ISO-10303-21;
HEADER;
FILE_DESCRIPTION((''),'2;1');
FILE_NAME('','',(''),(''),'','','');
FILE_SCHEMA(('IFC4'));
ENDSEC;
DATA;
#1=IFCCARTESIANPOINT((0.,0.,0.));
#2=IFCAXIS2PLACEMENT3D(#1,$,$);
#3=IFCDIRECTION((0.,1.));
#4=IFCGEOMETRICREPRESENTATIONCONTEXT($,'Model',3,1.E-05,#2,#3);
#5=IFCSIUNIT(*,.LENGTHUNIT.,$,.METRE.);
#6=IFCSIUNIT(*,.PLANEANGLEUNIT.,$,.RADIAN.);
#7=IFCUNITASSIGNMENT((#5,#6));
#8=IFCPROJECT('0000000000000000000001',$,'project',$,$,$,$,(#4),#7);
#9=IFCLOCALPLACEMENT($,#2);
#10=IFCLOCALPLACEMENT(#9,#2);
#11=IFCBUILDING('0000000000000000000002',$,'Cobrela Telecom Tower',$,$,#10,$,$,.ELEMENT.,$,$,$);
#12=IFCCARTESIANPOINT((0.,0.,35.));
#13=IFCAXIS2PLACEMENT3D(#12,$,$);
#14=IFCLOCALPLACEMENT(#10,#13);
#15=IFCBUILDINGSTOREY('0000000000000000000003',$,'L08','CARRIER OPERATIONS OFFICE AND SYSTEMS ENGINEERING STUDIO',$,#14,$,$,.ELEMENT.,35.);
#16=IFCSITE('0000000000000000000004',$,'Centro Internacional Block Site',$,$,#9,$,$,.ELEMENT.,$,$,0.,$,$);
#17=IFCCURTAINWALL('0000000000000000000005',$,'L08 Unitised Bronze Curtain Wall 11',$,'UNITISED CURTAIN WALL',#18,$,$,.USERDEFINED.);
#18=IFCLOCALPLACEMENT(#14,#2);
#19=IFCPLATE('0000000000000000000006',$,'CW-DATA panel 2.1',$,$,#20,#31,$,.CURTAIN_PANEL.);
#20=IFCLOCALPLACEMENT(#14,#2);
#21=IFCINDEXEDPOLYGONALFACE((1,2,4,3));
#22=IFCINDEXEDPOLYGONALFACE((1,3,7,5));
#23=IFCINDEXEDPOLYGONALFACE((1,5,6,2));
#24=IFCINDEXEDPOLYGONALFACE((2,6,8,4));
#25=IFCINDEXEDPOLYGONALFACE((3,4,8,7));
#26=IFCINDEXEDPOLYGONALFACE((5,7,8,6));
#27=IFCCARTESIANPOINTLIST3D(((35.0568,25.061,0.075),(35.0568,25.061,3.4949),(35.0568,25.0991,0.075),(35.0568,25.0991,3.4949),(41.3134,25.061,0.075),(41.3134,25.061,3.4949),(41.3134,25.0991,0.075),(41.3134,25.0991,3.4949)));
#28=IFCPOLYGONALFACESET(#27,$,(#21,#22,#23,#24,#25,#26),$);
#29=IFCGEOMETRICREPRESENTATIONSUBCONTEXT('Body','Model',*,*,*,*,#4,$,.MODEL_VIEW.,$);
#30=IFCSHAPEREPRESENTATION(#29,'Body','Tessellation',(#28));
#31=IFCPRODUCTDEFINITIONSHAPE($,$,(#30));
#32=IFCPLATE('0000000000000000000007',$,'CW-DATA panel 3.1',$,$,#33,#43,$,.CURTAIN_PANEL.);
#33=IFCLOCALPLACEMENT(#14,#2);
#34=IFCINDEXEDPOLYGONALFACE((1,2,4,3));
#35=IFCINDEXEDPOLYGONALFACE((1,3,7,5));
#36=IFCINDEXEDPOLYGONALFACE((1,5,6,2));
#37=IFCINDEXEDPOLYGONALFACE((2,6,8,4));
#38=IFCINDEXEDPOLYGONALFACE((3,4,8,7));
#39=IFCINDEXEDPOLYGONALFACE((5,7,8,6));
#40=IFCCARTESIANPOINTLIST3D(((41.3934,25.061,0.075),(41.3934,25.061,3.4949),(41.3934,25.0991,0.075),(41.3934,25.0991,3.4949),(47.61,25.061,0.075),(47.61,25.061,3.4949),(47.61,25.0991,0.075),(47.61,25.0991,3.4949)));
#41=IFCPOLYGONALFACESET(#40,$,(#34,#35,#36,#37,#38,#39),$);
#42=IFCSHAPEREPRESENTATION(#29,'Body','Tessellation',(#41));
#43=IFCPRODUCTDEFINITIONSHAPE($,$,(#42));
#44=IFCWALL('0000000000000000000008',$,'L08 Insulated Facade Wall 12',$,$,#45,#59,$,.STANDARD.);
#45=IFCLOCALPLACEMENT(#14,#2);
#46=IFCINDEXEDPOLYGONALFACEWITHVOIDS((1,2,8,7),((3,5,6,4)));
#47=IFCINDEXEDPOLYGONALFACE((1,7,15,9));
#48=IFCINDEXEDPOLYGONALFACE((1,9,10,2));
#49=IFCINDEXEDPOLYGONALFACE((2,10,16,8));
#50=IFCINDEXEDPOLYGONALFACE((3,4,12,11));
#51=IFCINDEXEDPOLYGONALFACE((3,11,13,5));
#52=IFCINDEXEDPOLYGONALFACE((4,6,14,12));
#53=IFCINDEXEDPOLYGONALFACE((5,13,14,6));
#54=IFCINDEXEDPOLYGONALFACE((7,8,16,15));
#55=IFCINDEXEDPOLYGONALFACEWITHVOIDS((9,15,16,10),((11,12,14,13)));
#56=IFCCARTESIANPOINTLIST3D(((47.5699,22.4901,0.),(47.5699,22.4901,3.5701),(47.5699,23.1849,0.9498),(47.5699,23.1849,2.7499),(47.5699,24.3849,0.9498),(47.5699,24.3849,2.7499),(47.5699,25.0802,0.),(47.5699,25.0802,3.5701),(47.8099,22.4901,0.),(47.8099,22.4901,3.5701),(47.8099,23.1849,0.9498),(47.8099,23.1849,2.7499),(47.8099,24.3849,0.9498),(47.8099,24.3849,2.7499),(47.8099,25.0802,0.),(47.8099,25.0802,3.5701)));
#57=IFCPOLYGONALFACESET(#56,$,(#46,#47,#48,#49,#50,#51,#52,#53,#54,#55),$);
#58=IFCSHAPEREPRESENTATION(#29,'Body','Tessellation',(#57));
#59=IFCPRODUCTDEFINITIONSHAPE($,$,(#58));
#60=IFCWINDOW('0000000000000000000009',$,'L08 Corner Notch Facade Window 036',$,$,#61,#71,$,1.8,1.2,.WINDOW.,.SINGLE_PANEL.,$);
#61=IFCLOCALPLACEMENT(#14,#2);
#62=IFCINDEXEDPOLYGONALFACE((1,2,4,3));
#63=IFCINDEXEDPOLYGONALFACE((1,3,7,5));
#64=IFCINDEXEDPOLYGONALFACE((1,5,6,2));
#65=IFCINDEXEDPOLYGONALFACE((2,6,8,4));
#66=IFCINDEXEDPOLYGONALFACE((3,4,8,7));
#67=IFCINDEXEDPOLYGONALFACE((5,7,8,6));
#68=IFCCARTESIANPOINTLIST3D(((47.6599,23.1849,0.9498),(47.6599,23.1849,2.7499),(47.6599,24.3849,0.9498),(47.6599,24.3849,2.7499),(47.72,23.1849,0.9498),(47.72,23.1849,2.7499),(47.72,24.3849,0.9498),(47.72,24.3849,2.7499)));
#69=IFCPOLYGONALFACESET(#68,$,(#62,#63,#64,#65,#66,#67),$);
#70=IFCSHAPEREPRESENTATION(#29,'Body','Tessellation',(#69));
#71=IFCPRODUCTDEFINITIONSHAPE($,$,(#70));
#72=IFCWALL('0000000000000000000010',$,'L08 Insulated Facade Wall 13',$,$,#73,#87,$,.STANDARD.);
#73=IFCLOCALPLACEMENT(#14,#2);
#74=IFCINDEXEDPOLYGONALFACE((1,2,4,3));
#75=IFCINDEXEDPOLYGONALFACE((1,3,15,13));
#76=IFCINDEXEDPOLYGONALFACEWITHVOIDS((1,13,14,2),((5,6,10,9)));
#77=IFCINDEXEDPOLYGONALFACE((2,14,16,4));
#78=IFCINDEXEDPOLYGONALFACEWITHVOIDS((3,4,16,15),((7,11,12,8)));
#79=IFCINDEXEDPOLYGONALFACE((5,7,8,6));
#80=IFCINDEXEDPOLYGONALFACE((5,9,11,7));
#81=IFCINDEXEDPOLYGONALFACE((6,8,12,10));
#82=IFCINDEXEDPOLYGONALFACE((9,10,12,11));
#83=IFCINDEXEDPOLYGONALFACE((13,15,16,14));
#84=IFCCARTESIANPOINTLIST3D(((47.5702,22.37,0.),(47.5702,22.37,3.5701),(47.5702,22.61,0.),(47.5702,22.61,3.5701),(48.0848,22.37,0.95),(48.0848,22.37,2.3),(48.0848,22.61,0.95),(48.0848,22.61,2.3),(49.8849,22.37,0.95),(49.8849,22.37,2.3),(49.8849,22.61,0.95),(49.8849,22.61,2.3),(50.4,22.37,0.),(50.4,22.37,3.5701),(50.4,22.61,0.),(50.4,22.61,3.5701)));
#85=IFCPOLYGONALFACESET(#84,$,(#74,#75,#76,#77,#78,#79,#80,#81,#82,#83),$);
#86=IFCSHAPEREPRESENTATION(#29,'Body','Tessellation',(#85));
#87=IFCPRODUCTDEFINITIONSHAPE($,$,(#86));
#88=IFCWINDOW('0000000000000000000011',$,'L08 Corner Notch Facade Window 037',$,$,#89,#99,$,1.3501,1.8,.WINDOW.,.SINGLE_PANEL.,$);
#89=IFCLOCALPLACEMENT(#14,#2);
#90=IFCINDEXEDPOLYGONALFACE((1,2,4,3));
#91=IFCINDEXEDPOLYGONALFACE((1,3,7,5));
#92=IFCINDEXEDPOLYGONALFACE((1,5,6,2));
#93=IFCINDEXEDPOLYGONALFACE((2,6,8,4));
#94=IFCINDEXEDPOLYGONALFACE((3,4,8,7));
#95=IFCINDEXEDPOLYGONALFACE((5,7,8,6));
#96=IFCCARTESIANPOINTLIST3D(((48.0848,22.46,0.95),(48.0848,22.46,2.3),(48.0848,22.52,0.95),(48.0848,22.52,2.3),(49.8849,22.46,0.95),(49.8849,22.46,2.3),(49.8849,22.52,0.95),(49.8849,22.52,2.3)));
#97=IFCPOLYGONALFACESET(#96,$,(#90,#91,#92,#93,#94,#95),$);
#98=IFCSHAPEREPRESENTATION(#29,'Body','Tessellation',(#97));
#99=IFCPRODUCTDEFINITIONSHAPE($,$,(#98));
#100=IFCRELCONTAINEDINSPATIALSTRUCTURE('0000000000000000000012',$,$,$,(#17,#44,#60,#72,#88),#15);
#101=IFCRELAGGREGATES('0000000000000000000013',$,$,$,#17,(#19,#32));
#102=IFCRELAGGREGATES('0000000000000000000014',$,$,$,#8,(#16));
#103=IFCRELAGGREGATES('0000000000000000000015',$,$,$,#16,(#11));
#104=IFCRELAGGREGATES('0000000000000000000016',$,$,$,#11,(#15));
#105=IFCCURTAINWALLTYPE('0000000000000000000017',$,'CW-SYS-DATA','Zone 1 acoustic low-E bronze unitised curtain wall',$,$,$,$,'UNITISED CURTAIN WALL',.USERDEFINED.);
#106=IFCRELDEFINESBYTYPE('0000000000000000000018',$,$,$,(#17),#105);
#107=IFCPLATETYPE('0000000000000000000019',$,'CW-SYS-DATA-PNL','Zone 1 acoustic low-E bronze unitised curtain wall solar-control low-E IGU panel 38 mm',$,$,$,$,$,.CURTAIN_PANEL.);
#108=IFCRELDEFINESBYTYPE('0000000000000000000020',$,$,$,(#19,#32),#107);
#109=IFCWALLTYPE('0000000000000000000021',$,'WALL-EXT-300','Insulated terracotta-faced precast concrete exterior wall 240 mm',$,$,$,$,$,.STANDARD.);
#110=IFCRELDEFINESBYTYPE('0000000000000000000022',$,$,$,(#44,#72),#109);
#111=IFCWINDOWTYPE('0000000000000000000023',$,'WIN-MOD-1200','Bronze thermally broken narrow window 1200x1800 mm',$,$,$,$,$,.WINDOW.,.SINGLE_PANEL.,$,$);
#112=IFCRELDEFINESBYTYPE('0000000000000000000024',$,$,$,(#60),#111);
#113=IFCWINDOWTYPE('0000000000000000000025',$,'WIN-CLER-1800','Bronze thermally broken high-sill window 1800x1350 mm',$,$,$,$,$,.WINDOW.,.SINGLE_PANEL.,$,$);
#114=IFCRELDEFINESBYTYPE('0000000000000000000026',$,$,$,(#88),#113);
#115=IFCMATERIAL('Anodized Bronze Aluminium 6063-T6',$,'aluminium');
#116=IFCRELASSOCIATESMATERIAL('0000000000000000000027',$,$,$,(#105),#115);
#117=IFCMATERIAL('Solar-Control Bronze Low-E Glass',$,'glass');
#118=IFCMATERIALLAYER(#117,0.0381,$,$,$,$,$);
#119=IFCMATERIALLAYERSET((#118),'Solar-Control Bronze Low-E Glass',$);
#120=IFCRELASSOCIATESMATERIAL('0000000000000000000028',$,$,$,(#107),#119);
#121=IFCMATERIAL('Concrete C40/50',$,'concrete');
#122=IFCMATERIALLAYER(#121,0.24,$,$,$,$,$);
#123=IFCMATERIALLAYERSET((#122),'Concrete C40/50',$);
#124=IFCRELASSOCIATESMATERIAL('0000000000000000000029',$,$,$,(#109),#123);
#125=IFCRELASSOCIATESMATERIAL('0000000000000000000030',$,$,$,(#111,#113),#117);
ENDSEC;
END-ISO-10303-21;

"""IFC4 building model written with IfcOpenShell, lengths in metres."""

from ifc_helpers import new_model, si_unit, direction, frame, frame_2d, origin, origin_2d, place, context, subcontext, project, spatial, rectangle, extrude, material, layer, layer_set, type_object, element, fill, aggregate, save


model = new_model("IFC4")

# Units and contexts
model_context = context("Model", 3, precision=1e-05, world=origin(), true_north=direction((0.0, 1.0)))
body_context = subcontext(model_context, "Body", "Model", "MODEL_VIEW")
ifc_project = project(units=[si_unit("LENGTHUNIT", "METRE"), si_unit("PLANEANGLEUNIT", "RADIAN")], contexts=[model_context])

# Site, building, storey
site_placement = place(None, origin())
site = spatial("IfcSite", under=ifc_project, at=site_placement, Name="Centro Internacional Block Site", CompositionType="ELEMENT", RefElevation=0.0)
building_placement = place(site_placement, origin())
building = spatial("IfcBuilding", under=site, at=building_placement, Name="Cobrela Telecom Tower", CompositionType="ELEMENT")
storey_placement = place(building_placement, frame((0.0, 0.0, 35.0)))
storey = spatial("IfcBuildingStorey", under=building, at=storey_placement, Name="L08", Description="CARRIER OPERATIONS OFFICE AND SYSTEMS ENGINEERING STUDIO", CompositionType="ELEMENT", Elevation=35.0)

# Shared definitions
ifc_material_1 = material(Name="Anodized Bronze Aluminium 6063-T6", Category="aluminium")
curtain_wall_type = type_object("IfcCurtainWallType", Name="CW-SYS-DATA", Description="Zone 1 acoustic low-E bronze unitised curtain wall", ElementType="UNITISED CURTAIN WALL", PredefinedType="USERDEFINED", material=ifc_material_1)

# Curtain wall
curtain_wall_1_placement = place(storey_placement, origin())
curtain_wall_1 = element("IfcCurtainWall", 1, at=curtain_wall_1_placement, inside=storey, type_object=curtain_wall_type, Name="L08 Unitised Bronze Curtain Wall 11", ObjectType="UNITISED CURTAIN WALL", PredefinedType="USERDEFINED")

# Plates
ifc_material_2 = material(Name="Solar-Control Bronze Low-E Glass", Category="glass")
ifc_layer_1 = layer(ifc_material_2, 0.0381)
ifc_layer_set_1 = layer_set([ifc_layer_1], Name="Solar-Control Bronze Low-E Glass")
plate_type = type_object("IfcPlateType", Name="CW-SYS-DATA-PNL", Description="Zone 1 acoustic low-E bronze unitised curtain wall solar-control low-E IGU panel 38 mm", PredefinedType="CURTAIN_PANEL", material=ifc_layer_set_1)
plate_1_placement = place(storey_placement, frame((38.1851, 25.0801, 0.075), z_axis=(0.0, 0.0, 1.0), x_axis=(1.0, 0.0, 0.0)))
plate_1 = element("IfcPlate", 2, at=plate_1_placement, type_object=plate_type, Name="CW-DATA panel 2.1", PredefinedType="CURTAIN_PANEL", context=body_context, shape_type="SweptSolid", body=[
    extrude(rectangle(XDim=6.2566, YDim=0.0381, at=origin_2d()), origin(), (0.0, 0.0, 1.0), 3.4199),
])
plate_2_placement = place(storey_placement, frame((44.5017, 25.0801, 0.075), z_axis=(0.0, 0.0, 1.0), x_axis=(1.0, 0.0, 0.0)))
plate_2 = element("IfcPlate", 3, at=plate_2_placement, type_object=plate_type, Name="CW-DATA panel 3.1", PredefinedType="CURTAIN_PANEL", context=body_context, shape_type="SweptSolid", body=[
    extrude(rectangle(XDim=6.2166, YDim=0.0381, at=origin_2d()), origin(), (0.0, 0.0, 1.0), 3.4199),
])
aggregate(curtain_wall_1, [plate_1, plate_2])

# Walls, openings, windows
ifc_material_3 = material(Name="Concrete C40/50", Category="concrete")
ifc_layer_2 = layer(ifc_material_3, 0.24)
ifc_layer_set_2 = layer_set([ifc_layer_2], Name="Concrete C40/50")
wall_type = type_object("IfcWallType", Name="WALL-EXT-300", Description="Insulated terracotta-faced precast concrete exterior wall 240 mm", PredefinedType="STANDARD", material=ifc_layer_set_2)
wall_1_placement = place(storey_placement, frame((47.6899, 25.0801, 0.0), z_axis=(0.0, 0.0, 1.0), x_axis=(0.0, -1.0, 0.0)))
wall_1 = element("IfcWall", 4, at=wall_1_placement, inside=storey, type_object=wall_type, Name="L08 Insulated Facade Wall 12", PredefinedType="STANDARD", context=body_context, shape_type="SweptSolid", body=[
    extrude(rectangle(XDim=2.5901, YDim=0.24, at=frame_2d((1.2949, 0.0))), origin(), (0.0, 0.0, 1.0), 3.5701),
])
opening_1_placement = place(wall_1_placement, frame((0.6951, 0.0, 0.95)))
opening_1 = element("IfcOpeningElement", 5, at=opening_1_placement, cuts=wall_1, PredefinedType="OPENING", context=body_context, shape_type="SweptSolid", body=[
    extrude(rectangle(XDim=1.2, YDim=1.8, at=frame_2d((0.6001, 0.8999))), frame((0.0, 0.1318, 0.0), z_axis=(0.0, -1.0, 0.0), x_axis=(1.0, 0.0, 0.0)), (0.0, 0.0, 1.0), 0.2639),
])
window_type_1 = type_object("IfcWindowType", Name="WIN-MOD-1200", Description="Bronze thermally broken narrow window 1200x1800 mm", PartitioningType="SINGLE_PANEL", PredefinedType="WINDOW", material=ifc_material_2)
window_1_placement = place(opening_1_placement, origin())
window_1 = element("IfcWindow", 6, at=window_1_placement, inside=storey, type_object=window_type_1, Name="L08 Corner Notch Facade Window 036", OverallHeight=1.8, OverallWidth=1.2, PartitioningType="SINGLE_PANEL", PredefinedType="WINDOW", context=body_context, shape_type="SweptSolid", body=[
    extrude(rectangle(XDim=1.2, YDim=1.8, at=frame_2d((0.6001, 0.8999))), frame((0.0, 0.03, 0.0), z_axis=(0.0, -1.0, 0.0), x_axis=(1.0, 0.0, 0.0)), (0.0, 0.0, 1.0), 0.0601),
])
fill(opening_1, window_1)
wall_2_placement = place(storey_placement, frame((47.5701, 22.49, 0.0), z_axis=(0.0, 0.0, 1.0), x_axis=(1.0, 0.0, 0.0)))
wall_2 = element("IfcWall", 7, at=wall_2_placement, inside=storey, type_object=wall_type, Name="L08 Insulated Facade Wall 13", PredefinedType="STANDARD", context=body_context, shape_type="SweptSolid", body=[
    extrude(rectangle(XDim=2.8298, YDim=0.24, at=frame_2d((1.415, 0.0))), origin(), (0.0, 0.0, 1.0), 3.5701),
])
opening_2_placement = place(wall_2_placement, frame((0.5149, 0.0, 0.95)))
opening_2 = element("IfcOpeningElement", 8, at=opening_2_placement, cuts=wall_2, PredefinedType="OPENING", context=body_context, shape_type="SweptSolid", body=[
    extrude(rectangle(XDim=1.8, YDim=1.3501, at=frame_2d((0.8999, 0.675))), frame((0.0, 0.1318, 0.0), z_axis=(0.0, -1.0, 0.0), x_axis=(1.0, 0.0, 0.0)), (0.0, 0.0, 1.0), 0.2639),
])
window_type_2 = type_object("IfcWindowType", Name="WIN-CLER-1800", Description="Bronze thermally broken high-sill window 1800x1350 mm", PartitioningType="SINGLE_PANEL", PredefinedType="WINDOW", material=ifc_material_2)
window_2_placement = place(opening_2_placement, origin())
window_2 = element("IfcWindow", 9, at=window_2_placement, inside=storey, type_object=window_type_2, Name="L08 Corner Notch Facade Window 037", OverallHeight=1.3501, OverallWidth=1.8, PartitioningType="SINGLE_PANEL", PredefinedType="WINDOW", context=body_context, shape_type="SweptSolid", body=[
    extrude(rectangle(XDim=1.8, YDim=1.3501, at=frame_2d((0.8999, 0.675))), frame((0.0, 0.03, 0.0), z_axis=(0.0, -1.0, 0.0), x_axis=(1.0, 0.0, 0.0)), (0.0, 0.0, 1.0), 0.0601),
])
fill(opening_2, window_2)

save(model, "model.ifc")
